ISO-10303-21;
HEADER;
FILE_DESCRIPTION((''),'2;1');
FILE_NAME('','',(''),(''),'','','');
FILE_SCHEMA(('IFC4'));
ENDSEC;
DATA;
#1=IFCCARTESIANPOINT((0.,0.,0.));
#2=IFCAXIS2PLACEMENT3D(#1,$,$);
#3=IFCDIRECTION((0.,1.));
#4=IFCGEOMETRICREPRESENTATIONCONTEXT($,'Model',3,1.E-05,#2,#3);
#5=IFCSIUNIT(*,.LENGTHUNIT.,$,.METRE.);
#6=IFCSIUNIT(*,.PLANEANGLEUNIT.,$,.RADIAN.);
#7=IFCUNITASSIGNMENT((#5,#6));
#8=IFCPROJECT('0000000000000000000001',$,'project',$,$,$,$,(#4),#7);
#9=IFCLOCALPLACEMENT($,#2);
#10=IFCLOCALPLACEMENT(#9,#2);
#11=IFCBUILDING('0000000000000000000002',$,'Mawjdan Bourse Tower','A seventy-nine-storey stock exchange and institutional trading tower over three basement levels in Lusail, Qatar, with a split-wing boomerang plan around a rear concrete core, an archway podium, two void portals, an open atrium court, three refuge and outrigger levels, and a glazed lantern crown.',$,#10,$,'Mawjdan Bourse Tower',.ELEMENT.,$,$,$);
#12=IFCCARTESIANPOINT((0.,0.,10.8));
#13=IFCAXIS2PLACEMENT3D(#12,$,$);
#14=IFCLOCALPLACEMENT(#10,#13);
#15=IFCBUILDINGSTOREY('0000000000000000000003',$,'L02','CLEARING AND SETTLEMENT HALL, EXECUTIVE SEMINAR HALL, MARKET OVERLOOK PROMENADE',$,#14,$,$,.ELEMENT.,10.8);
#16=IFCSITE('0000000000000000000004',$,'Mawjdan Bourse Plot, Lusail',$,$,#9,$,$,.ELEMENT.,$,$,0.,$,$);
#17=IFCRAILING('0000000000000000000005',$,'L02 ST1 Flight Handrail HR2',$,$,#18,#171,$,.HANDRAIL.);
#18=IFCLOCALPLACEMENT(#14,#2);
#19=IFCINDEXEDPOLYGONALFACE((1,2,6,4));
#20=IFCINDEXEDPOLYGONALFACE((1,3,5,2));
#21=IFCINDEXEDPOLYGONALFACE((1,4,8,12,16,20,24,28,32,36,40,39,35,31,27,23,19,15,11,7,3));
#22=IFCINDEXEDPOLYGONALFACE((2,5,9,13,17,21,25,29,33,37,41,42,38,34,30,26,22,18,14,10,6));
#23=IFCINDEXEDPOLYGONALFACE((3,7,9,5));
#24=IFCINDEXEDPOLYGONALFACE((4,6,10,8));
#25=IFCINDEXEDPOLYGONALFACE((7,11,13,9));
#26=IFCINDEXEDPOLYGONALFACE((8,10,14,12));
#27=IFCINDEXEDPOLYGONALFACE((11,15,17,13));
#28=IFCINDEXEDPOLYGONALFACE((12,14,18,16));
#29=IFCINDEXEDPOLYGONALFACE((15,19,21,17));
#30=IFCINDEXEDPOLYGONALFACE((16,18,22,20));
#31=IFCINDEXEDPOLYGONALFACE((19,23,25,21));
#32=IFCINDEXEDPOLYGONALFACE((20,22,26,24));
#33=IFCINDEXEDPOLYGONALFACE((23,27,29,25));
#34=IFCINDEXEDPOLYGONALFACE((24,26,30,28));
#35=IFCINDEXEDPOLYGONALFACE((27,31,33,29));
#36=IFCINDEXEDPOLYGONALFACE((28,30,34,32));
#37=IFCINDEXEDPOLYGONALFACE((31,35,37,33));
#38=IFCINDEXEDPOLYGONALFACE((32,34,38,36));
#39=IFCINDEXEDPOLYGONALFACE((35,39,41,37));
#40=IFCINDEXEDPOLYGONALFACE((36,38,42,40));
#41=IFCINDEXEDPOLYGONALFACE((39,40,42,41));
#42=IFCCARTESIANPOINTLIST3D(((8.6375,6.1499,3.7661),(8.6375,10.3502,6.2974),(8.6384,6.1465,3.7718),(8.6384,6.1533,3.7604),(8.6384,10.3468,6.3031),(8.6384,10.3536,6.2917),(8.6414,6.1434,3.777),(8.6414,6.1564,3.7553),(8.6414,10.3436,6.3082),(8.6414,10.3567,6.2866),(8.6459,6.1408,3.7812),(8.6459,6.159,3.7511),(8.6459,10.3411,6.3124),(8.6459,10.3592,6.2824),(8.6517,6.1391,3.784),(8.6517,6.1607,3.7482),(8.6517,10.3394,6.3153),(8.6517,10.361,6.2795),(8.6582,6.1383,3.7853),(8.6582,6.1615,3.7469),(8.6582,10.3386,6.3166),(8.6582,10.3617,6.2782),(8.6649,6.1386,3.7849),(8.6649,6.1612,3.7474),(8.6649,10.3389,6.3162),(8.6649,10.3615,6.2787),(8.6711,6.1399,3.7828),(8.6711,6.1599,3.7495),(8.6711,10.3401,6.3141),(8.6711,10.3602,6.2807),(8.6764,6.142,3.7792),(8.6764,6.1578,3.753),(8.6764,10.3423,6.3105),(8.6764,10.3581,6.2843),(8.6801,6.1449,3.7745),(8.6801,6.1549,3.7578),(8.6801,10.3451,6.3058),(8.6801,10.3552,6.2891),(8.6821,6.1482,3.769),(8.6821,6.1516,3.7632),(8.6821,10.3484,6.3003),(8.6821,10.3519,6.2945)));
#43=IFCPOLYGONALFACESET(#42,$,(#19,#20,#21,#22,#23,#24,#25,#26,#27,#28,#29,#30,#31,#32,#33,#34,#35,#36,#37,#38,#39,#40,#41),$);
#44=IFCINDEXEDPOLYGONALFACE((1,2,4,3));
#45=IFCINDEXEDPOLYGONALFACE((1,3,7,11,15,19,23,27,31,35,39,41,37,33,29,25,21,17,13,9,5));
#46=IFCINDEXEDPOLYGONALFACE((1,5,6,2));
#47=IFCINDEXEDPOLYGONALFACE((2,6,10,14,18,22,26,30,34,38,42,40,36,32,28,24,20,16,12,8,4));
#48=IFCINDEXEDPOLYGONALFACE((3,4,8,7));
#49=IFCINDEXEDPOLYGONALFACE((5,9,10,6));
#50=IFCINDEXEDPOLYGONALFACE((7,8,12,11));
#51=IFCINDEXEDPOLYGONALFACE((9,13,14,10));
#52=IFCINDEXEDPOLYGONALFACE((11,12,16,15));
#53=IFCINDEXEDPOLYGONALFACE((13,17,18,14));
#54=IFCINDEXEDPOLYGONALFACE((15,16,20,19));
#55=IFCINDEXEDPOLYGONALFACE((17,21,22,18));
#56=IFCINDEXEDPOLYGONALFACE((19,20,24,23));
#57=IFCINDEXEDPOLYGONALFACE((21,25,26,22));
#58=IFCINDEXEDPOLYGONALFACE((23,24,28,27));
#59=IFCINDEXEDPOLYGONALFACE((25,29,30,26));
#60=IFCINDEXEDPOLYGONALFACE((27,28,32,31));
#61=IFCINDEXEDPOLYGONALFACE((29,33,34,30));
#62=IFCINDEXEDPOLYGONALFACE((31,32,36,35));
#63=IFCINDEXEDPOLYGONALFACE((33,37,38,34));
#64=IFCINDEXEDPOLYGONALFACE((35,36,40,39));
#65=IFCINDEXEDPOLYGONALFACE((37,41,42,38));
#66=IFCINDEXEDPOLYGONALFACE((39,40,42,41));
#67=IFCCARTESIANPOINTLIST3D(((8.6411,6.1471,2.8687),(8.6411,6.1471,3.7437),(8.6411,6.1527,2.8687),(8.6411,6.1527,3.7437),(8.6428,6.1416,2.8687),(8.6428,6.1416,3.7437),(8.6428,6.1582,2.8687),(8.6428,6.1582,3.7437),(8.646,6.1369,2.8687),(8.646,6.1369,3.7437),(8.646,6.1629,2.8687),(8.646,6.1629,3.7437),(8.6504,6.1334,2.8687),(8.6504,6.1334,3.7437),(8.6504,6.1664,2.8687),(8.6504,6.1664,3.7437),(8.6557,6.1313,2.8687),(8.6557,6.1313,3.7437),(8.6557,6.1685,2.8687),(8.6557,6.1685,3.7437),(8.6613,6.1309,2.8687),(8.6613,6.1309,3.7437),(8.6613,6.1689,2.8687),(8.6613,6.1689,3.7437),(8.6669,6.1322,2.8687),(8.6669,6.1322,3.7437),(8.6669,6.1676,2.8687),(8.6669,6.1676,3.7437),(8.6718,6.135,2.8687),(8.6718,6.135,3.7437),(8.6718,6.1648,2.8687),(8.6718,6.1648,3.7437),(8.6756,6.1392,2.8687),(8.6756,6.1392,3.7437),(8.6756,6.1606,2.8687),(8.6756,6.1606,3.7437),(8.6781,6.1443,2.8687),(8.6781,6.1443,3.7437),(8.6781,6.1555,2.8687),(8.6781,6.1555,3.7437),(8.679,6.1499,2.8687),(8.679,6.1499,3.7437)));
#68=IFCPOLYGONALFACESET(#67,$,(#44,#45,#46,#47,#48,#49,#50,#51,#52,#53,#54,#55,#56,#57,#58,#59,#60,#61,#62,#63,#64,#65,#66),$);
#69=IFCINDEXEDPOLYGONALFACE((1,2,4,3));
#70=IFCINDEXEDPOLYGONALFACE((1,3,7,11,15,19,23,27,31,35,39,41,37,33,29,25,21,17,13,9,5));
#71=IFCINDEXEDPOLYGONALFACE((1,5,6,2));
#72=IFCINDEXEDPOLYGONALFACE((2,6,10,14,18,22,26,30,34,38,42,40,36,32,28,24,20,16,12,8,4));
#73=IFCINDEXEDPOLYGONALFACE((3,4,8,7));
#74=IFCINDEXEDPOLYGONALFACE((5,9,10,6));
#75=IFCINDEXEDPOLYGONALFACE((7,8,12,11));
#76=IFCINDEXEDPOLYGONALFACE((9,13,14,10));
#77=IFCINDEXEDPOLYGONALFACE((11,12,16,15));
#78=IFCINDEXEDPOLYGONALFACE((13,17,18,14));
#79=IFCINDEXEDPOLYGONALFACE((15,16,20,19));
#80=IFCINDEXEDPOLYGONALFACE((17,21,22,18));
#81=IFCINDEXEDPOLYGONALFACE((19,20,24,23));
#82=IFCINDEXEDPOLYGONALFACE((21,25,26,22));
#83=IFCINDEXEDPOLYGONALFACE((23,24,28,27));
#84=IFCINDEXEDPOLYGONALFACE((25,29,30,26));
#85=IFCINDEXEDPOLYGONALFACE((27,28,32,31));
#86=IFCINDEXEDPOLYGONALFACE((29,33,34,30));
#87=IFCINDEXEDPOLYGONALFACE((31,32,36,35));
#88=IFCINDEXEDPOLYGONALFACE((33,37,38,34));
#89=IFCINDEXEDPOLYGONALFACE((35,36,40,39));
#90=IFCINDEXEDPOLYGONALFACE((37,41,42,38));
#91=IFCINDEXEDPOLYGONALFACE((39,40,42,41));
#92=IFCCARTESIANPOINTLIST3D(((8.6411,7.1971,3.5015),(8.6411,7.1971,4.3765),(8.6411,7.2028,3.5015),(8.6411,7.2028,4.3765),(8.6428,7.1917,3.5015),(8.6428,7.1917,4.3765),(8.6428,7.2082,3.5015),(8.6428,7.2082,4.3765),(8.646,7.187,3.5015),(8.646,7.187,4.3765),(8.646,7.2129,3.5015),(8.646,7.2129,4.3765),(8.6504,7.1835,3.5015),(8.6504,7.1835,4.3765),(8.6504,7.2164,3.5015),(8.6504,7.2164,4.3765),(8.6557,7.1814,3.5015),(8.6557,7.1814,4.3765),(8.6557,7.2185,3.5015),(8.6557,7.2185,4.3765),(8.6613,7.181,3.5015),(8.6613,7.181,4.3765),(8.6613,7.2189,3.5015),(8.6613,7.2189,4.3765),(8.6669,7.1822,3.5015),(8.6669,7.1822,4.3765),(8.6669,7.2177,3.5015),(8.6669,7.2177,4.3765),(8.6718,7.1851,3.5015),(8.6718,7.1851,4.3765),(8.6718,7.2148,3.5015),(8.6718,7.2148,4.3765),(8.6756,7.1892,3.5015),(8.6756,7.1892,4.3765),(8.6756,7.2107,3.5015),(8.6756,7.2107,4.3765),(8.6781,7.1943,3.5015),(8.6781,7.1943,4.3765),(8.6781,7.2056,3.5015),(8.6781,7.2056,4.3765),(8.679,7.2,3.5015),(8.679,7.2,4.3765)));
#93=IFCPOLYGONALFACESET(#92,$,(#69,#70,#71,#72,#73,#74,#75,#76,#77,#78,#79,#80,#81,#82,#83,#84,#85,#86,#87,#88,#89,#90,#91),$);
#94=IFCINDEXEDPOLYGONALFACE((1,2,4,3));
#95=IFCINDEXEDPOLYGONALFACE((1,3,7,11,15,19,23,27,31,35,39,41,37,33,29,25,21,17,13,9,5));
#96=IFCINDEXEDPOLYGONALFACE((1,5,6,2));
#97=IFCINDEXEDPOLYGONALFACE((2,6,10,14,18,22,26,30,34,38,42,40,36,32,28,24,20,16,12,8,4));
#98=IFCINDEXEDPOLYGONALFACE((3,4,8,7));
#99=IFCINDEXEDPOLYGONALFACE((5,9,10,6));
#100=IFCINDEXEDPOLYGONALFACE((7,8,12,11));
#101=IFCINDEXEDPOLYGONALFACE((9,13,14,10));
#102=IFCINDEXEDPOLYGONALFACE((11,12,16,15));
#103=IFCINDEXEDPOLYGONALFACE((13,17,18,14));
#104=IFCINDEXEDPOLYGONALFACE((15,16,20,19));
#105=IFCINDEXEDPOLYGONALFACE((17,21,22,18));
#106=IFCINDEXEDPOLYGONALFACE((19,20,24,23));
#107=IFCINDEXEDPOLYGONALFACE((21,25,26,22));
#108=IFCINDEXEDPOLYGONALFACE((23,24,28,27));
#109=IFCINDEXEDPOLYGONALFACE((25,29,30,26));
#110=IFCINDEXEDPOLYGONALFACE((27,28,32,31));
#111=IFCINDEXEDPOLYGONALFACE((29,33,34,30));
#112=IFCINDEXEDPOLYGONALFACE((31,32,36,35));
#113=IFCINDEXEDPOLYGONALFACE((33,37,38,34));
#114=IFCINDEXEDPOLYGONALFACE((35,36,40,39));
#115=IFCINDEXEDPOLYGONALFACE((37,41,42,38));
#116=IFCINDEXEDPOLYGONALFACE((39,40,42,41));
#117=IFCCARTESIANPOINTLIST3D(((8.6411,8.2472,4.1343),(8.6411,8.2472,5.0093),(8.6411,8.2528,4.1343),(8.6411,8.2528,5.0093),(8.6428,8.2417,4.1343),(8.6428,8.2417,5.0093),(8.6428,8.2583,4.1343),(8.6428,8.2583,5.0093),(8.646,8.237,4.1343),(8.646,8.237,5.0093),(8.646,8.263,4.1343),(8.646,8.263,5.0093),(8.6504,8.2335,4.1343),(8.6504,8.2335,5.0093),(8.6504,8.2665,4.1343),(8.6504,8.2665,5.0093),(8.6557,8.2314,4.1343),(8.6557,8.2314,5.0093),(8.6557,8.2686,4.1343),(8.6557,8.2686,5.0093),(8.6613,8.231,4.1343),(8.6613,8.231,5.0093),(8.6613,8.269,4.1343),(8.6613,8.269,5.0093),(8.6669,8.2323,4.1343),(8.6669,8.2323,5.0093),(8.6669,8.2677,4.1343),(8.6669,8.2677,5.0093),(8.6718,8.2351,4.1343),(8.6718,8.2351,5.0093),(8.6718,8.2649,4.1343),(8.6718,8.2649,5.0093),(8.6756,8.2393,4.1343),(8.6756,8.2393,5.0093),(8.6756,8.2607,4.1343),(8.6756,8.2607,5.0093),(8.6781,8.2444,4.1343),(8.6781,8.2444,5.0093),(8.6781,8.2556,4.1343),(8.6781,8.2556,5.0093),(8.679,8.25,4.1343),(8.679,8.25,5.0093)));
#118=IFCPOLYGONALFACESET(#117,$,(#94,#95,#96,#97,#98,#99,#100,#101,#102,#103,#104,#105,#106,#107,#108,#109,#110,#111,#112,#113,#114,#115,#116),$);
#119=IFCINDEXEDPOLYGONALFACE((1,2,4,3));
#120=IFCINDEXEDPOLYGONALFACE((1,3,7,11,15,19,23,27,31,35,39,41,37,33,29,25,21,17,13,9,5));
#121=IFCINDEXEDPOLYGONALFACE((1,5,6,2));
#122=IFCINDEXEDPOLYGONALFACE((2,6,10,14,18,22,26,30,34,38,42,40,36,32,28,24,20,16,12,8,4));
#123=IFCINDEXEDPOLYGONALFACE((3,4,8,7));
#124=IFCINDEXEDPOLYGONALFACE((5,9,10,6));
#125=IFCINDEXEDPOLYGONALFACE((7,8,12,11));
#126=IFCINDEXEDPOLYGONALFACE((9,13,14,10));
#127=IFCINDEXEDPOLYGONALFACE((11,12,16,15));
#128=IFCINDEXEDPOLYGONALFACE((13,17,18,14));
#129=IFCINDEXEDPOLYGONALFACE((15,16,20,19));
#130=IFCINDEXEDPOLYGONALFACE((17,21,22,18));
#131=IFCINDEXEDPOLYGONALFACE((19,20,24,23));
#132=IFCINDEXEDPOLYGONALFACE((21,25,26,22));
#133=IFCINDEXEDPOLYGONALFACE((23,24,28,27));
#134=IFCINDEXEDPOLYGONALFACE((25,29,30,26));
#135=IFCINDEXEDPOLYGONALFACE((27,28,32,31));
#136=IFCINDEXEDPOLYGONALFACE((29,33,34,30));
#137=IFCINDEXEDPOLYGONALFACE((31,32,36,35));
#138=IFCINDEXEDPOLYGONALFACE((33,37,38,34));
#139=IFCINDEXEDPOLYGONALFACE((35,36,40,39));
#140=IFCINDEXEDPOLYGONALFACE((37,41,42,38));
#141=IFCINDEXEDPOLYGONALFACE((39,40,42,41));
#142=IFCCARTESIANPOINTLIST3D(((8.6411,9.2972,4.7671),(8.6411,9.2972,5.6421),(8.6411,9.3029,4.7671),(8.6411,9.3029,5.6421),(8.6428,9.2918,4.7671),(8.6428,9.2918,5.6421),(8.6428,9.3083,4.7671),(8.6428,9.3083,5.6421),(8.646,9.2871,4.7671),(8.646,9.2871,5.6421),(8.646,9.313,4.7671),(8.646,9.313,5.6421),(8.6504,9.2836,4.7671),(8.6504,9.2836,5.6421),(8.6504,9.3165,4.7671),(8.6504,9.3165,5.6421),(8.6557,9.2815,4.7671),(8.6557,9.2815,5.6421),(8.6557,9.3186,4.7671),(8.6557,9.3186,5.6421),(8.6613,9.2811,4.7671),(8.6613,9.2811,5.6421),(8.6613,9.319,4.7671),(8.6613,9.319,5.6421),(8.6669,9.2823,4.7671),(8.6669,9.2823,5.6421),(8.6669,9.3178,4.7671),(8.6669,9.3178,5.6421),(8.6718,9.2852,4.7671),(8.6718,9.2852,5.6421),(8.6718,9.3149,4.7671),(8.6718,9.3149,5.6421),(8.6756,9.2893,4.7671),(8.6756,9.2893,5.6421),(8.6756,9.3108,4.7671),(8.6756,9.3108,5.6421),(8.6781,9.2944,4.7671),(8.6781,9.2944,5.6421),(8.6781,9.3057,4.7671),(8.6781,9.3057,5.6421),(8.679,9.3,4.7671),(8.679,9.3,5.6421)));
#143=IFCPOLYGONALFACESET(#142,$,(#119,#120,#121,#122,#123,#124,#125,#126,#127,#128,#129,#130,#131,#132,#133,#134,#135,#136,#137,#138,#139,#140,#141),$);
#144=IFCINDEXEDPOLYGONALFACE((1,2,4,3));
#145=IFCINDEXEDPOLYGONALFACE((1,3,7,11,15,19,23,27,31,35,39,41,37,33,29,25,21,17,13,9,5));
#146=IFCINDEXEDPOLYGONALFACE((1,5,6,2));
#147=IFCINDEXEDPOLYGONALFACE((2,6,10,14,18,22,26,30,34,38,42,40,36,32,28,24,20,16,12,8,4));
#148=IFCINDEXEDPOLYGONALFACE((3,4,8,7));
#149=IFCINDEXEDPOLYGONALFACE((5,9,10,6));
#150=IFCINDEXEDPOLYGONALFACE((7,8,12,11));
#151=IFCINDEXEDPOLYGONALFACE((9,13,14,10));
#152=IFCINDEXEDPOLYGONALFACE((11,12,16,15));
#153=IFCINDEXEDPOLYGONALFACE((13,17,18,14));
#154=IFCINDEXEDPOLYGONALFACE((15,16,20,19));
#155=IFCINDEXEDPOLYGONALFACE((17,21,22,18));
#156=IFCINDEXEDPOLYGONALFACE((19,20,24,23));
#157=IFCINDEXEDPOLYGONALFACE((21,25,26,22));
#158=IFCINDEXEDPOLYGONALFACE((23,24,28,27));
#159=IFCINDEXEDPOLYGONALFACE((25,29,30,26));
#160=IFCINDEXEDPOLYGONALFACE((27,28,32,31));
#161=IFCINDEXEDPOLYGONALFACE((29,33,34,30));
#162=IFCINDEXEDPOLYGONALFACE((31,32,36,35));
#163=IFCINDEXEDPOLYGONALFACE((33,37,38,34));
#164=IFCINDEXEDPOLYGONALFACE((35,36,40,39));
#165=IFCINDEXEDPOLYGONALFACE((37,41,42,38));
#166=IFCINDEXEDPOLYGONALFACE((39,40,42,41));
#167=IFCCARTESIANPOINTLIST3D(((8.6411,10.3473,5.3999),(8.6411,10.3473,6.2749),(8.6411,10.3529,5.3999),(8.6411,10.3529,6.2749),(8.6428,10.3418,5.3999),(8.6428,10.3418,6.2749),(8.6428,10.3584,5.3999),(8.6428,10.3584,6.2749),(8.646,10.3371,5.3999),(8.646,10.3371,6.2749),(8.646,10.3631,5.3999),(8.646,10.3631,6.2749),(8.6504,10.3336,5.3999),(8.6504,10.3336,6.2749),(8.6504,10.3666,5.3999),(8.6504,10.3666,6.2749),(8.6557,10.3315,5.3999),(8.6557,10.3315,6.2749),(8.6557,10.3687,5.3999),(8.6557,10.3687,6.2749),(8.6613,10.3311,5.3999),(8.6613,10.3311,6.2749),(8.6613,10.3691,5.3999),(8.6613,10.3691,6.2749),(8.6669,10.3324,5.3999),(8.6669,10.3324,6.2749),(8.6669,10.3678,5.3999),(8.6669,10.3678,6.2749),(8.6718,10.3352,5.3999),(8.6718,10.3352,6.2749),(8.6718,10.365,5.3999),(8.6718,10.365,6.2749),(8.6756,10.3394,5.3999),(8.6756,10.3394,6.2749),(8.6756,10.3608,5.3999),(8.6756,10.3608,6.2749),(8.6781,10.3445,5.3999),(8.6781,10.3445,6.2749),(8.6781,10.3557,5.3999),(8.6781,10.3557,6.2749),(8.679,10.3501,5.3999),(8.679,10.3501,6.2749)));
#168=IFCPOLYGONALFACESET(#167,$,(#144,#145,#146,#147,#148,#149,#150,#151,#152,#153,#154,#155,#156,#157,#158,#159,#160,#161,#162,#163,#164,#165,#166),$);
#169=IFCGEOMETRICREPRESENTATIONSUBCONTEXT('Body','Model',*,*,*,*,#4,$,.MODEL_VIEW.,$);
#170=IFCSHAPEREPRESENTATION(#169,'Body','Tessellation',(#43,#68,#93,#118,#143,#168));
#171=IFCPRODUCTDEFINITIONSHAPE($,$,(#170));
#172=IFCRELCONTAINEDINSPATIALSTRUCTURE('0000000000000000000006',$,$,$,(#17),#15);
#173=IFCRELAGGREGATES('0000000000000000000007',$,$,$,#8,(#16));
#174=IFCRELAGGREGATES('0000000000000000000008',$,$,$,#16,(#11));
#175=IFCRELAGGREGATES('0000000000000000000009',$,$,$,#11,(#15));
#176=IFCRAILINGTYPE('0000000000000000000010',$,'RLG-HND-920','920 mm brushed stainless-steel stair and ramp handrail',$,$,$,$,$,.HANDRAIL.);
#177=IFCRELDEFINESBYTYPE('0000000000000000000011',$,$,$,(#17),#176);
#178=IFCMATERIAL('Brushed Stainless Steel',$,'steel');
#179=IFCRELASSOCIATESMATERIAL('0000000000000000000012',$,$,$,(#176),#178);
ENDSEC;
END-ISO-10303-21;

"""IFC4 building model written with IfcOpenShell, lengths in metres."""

from ifc_helpers import new_model, si_unit, direction, frame, origin, origin_2d, place, context, subcontext, project, spatial, circle, extrude, material, type_object, element, save


model = new_model("IFC4")

# Units and contexts
model_context = context("Model", 3, precision=1e-05, world=origin(), true_north=direction((0.0, 1.0)))
body_context = subcontext(model_context, "Body", "Model", "MODEL_VIEW")
ifc_project = project(units=[si_unit("LENGTHUNIT", "METRE"), si_unit("PLANEANGLEUNIT", "RADIAN")], contexts=[model_context])

# Site, building, storey
site_placement = place(None, origin())
site = spatial("IfcSite", under=ifc_project, at=site_placement, Name="Mawjdan Bourse Plot, Lusail", CompositionType="ELEMENT", RefElevation=0.0)
building_placement = place(site_placement, origin())
building = spatial("IfcBuilding", under=site, at=building_placement, Name="Mawjdan Bourse Tower", Description="A seventy-nine-storey stock exchange and institutional trading tower over three basement levels in Lusail, Qatar, with a split-wing boomerang plan around a rear concrete core, an archway podium, two void portals, an open atrium court, three refuge and outrigger levels, and a glazed lantern crown.", LongName="Mawjdan Bourse Tower", CompositionType="ELEMENT")
storey_placement = place(building_placement, frame((0.0, 0.0, 10.8)))
storey = spatial("IfcBuildingStorey", under=building, at=storey_placement, Name="L02", Description="CLEARING AND SETTLEMENT HALL, EXECUTIVE SEMINAR HALL, MARKET OVERLOOK PROMENADE", CompositionType="ELEMENT", Elevation=10.8)

# Railing
ifc_material_1 = material(Name="Brushed Stainless Steel", Category="steel")
railing_type_1 = type_object("IfcRailingType", Name="RLG-HND-920", Description="920 mm brushed stainless-steel stair and ramp handrail", PredefinedType="HANDRAIL", material=ifc_material_1)
railing_1_placement = place(storey_placement, frame((8.6599, 6.1499, 2.8687)))
element("IfcRailing", 1, at=railing_1_placement, inside=storey, type_object=railing_type_1, Name="L02 ST1 Flight Handrail HR2", PredefinedType="HANDRAIL", context=body_context, shape_type="SweptSolid", body=[
    extrude(circle(Radius=0.0225, at=origin_2d()), frame((0.0, 0.0, 0.8975), z_axis=(0.0, 0.85649, 0.516164), x_axis=(-1.0, 0.0, 0.0)), (0.0, 0.0, 1.0), 4.9041),
    extrude(circle(Radius=0.019, at=origin_2d()), origin(), (0.0, 0.0, 1.0), 0.875),
    extrude(circle(Radius=0.019, at=origin_2d()), frame((0.0, 1.05, 0.6328)), (0.0, 0.0, 1.0), 0.875),
    extrude(circle(Radius=0.019, at=origin_2d()), frame((0.0, 2.1001, 1.2656)), (0.0, 0.0, 1.0), 0.875),
    extrude(circle(Radius=0.019, at=origin_2d()), frame((0.0, 3.1501, 1.8984)), (0.0, 0.0, 1.0), 0.875),
    extrude(circle(Radius=0.019, at=origin_2d()), frame((0.0, 4.2002, 2.5312)), (0.0, 0.0, 1.0), 0.875),
])

save(model, "model.ifc")
